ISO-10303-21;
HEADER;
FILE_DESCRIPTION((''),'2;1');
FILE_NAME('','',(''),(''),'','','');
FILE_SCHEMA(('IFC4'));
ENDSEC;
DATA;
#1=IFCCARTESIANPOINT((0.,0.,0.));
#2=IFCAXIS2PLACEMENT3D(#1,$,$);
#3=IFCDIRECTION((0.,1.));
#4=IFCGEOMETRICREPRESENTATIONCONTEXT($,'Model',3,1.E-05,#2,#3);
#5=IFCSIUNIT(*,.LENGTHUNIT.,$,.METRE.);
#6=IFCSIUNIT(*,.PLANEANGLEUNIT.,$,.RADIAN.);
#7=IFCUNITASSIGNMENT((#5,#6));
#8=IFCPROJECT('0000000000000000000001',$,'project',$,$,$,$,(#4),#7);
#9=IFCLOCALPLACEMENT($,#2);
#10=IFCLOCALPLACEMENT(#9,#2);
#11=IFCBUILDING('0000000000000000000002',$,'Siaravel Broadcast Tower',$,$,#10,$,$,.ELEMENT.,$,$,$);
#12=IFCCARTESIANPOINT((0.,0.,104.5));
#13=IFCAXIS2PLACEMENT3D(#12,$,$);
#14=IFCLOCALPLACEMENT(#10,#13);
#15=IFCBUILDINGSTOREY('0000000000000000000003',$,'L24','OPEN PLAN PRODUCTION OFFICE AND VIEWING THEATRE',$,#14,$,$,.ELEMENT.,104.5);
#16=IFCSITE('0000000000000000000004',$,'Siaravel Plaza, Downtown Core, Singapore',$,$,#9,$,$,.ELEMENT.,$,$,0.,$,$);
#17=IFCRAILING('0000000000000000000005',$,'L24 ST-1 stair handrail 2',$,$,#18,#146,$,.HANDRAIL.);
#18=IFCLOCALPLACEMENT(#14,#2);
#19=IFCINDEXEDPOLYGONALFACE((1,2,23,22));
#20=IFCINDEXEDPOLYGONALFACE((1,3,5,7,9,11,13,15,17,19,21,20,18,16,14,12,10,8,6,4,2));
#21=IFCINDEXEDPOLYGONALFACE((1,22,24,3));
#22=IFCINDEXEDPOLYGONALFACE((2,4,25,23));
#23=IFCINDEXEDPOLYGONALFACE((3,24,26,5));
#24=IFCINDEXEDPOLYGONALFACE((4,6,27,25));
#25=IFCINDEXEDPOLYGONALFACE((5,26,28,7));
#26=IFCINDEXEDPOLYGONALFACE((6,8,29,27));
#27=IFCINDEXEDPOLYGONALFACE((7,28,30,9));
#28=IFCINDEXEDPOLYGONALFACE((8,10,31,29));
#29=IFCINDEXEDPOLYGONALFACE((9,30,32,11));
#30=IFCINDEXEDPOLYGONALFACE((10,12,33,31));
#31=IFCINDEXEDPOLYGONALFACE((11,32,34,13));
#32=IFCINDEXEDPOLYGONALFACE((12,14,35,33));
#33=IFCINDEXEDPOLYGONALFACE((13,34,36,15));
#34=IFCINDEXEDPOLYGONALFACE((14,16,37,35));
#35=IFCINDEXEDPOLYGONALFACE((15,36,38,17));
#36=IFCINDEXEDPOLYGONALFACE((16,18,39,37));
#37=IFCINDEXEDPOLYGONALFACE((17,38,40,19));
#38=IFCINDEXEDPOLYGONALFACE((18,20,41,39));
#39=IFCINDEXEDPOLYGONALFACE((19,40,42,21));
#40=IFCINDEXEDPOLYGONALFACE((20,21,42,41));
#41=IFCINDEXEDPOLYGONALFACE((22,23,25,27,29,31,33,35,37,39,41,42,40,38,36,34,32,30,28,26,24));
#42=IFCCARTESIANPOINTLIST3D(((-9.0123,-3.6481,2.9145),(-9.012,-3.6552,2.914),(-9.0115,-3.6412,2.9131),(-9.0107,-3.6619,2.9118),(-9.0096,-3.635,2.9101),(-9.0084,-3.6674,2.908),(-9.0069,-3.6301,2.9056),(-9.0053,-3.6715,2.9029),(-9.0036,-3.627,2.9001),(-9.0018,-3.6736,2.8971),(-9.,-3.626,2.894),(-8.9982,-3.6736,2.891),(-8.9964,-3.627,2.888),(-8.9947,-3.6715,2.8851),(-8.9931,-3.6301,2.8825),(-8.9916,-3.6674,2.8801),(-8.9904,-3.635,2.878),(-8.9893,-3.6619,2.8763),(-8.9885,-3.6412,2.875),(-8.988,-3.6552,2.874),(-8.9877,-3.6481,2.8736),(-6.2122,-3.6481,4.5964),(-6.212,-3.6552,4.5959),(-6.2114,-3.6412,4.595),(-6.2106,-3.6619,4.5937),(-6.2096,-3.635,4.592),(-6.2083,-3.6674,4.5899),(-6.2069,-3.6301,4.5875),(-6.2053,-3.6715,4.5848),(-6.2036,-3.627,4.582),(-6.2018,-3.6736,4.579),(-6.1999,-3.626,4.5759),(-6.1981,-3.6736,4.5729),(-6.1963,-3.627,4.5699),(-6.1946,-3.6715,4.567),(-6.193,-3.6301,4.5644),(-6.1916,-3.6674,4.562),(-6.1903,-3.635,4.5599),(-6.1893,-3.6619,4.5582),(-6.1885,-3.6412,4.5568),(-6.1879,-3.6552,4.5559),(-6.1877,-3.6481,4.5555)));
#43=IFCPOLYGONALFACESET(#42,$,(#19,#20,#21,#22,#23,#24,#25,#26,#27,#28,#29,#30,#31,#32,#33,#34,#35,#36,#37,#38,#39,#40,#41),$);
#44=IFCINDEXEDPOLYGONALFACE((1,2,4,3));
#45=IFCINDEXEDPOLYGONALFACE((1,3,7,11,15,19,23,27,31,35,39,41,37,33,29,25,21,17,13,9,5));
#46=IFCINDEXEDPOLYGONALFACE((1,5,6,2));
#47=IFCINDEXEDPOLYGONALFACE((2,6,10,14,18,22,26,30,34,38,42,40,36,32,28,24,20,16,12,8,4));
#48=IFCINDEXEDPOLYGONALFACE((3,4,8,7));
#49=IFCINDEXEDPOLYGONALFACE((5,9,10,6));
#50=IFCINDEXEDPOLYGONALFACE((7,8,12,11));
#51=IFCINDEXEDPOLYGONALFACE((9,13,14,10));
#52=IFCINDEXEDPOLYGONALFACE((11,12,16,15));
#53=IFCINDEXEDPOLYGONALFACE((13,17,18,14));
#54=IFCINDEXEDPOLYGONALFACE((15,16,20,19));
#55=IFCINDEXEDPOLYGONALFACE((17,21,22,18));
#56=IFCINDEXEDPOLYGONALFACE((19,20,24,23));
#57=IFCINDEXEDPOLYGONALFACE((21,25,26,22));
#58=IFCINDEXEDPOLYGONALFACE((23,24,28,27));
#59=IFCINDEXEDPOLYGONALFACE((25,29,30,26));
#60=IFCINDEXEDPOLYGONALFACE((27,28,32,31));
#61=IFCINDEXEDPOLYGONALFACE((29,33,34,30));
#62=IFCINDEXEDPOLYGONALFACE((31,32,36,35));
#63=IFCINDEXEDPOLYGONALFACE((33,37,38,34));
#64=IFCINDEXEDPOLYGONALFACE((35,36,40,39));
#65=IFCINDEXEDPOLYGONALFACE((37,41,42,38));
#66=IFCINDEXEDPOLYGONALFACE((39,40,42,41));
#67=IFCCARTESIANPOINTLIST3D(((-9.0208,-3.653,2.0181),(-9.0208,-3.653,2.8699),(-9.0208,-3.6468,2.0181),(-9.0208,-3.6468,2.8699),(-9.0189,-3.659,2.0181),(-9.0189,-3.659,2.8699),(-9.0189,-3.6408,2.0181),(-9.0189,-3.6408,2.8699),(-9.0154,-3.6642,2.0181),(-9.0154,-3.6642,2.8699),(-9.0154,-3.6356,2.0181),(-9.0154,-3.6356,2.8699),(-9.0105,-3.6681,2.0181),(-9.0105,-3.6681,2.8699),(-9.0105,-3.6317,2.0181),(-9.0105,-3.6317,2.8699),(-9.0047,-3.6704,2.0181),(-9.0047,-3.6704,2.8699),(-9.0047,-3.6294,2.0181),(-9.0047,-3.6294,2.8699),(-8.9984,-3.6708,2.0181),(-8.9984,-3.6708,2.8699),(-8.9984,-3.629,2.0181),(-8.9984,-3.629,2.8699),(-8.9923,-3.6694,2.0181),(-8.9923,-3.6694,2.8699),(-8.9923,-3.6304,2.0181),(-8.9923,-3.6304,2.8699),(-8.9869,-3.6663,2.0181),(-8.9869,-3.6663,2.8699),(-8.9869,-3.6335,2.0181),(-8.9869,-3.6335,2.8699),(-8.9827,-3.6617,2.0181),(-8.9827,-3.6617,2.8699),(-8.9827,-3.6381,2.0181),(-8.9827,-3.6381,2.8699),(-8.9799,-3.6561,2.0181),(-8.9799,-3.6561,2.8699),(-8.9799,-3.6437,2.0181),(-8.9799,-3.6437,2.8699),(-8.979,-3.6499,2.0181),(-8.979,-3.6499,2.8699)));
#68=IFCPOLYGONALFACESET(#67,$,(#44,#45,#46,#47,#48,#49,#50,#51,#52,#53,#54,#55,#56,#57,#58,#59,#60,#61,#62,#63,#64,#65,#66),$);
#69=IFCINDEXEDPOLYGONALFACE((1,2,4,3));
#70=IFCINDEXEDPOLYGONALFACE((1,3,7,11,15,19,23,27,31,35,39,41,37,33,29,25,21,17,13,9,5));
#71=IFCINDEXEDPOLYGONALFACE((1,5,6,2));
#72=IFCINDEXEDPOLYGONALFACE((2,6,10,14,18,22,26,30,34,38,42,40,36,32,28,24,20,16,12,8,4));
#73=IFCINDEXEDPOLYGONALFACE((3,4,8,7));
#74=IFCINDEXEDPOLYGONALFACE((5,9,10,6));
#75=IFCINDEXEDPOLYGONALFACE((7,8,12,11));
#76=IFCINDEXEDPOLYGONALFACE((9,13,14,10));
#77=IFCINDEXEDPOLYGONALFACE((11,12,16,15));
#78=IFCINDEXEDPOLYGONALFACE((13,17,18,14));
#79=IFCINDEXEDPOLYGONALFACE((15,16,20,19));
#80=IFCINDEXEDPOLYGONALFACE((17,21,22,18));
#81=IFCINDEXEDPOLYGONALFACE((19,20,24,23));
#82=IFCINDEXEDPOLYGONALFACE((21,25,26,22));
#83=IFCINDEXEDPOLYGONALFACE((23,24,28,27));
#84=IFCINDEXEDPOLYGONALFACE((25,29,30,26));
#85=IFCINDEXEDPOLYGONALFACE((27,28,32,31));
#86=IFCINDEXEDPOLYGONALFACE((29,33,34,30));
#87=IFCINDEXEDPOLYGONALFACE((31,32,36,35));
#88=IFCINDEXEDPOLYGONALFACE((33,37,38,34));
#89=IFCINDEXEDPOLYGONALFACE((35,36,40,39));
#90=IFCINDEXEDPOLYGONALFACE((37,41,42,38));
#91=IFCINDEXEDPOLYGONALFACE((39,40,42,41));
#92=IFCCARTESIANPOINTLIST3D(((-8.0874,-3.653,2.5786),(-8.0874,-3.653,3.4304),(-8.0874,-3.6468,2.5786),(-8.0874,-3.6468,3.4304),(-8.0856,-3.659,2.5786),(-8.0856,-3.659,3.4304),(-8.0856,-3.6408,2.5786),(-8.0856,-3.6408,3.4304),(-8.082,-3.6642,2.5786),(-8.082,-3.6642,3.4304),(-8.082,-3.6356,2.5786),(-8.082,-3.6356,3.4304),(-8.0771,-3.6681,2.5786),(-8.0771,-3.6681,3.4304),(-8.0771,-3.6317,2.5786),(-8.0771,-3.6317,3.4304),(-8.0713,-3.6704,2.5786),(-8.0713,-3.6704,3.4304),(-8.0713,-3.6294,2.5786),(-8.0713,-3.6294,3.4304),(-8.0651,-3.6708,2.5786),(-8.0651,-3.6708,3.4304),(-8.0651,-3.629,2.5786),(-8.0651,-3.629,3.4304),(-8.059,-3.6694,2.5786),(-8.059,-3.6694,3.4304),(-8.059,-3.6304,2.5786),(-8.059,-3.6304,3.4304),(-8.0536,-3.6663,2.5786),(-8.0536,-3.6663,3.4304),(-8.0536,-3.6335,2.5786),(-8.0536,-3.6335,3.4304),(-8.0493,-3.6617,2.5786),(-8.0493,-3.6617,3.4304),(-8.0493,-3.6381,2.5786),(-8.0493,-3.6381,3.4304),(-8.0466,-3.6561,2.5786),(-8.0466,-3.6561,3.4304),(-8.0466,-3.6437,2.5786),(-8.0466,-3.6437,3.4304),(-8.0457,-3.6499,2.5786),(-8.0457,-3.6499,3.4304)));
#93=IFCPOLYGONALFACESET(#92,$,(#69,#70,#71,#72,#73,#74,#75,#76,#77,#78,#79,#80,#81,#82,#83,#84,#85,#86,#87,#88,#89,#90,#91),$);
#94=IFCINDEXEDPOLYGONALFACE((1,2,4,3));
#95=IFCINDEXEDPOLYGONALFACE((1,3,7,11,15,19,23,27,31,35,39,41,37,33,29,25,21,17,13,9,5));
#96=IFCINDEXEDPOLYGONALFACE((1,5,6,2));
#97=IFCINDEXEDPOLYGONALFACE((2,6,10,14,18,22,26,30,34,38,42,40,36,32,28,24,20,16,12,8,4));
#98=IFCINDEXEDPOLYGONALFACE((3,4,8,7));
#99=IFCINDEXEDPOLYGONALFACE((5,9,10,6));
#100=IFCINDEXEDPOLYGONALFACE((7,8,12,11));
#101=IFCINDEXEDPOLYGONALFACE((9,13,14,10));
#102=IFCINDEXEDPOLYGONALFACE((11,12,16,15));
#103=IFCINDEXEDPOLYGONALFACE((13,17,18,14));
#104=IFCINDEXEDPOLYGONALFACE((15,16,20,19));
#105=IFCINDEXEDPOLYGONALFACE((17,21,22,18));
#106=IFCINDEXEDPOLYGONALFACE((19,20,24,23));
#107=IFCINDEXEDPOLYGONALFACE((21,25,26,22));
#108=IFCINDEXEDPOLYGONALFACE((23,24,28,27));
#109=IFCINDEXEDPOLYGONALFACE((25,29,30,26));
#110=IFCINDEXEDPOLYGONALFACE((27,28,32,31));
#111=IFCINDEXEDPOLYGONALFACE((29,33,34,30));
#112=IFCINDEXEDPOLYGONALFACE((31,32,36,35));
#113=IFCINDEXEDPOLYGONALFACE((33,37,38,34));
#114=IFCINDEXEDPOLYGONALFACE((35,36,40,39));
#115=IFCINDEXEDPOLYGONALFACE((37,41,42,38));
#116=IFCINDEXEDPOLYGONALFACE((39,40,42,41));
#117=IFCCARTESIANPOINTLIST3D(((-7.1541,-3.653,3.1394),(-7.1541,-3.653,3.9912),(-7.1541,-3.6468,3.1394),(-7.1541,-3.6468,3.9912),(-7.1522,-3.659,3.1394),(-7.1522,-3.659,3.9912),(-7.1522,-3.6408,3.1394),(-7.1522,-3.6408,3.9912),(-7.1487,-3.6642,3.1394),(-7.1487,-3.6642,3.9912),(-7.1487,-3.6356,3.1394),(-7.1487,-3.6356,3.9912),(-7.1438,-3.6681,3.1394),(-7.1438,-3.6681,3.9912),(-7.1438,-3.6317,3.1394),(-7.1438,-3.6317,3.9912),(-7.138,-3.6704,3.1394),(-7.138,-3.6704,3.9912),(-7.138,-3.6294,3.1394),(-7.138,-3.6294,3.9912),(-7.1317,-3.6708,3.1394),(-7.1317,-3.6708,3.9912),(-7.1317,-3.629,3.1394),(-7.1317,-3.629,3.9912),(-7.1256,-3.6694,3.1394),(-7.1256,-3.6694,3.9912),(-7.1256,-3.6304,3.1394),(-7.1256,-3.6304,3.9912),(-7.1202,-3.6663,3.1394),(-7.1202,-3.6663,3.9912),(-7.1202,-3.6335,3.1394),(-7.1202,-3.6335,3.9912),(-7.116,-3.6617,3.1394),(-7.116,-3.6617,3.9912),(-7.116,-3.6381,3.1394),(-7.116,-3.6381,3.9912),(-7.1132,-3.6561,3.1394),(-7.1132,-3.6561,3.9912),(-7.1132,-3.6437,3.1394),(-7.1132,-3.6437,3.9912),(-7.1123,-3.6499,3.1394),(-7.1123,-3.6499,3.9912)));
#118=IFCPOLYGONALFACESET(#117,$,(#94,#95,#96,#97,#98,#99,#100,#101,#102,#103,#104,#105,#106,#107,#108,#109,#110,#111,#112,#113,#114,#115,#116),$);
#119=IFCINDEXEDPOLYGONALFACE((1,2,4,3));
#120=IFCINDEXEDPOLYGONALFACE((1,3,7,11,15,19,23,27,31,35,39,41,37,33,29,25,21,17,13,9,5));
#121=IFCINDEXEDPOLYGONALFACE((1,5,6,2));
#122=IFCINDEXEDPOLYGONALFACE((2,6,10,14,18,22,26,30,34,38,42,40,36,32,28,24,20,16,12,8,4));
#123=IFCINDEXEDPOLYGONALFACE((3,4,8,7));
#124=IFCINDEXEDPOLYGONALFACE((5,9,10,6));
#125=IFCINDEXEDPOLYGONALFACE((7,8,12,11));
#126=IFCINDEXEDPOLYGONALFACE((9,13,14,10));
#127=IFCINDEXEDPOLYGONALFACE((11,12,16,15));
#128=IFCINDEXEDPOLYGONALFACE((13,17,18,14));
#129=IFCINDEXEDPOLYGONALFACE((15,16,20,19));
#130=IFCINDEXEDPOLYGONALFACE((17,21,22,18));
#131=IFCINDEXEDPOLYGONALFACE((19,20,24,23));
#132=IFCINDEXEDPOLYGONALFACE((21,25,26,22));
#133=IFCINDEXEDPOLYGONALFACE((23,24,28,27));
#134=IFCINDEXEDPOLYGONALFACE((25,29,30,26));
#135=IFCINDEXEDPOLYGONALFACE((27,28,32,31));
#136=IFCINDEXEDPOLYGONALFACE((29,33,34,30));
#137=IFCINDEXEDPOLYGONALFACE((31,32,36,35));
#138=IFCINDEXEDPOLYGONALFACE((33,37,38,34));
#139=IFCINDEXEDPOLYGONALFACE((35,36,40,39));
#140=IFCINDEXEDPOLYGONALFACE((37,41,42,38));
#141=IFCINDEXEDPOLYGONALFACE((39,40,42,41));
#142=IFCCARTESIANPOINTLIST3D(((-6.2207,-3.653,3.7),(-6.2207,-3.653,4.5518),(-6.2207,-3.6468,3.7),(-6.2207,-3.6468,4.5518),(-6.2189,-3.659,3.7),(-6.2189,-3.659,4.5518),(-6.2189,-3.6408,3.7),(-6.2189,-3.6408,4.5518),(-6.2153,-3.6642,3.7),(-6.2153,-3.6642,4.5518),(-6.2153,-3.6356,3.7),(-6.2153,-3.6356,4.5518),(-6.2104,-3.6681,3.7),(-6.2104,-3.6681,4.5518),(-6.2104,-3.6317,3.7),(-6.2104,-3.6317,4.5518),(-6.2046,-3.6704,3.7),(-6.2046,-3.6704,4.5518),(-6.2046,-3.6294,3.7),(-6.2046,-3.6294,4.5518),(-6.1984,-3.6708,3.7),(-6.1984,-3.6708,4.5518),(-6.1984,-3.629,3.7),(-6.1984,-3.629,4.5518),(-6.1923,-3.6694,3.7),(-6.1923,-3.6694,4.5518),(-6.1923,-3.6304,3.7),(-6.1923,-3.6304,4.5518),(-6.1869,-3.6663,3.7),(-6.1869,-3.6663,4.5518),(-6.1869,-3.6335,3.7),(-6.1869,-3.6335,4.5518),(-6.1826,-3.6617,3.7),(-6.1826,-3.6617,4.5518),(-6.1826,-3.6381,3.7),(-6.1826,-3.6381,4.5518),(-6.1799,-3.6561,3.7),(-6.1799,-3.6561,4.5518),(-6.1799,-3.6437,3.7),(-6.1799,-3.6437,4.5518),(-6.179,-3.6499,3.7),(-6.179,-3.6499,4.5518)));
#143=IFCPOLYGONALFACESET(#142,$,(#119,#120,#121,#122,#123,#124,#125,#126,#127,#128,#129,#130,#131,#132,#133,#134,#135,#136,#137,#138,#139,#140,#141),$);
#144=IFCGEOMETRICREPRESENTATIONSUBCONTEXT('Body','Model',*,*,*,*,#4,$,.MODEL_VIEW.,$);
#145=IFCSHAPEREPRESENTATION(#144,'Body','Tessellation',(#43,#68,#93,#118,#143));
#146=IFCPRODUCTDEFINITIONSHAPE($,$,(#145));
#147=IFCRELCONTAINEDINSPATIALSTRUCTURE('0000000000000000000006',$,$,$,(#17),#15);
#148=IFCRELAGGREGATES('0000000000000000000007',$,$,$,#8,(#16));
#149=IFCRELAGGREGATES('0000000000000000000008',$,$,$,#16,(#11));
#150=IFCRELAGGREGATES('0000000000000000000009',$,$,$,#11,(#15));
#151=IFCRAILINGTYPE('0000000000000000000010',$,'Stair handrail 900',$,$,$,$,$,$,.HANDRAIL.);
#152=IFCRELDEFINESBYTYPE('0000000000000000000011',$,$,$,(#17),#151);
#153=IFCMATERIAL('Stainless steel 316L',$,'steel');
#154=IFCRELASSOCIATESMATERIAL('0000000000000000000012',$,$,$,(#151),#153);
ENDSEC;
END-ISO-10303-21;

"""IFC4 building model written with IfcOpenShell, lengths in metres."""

from ifc_helpers import new_model, si_unit, direction, frame, origin, origin_2d, place, context, subcontext, project, spatial, circle, extrude, material, type_object, element, save


model = new_model("IFC4")

# Units and contexts
model_context = context("Model", 3, precision=1e-05, world=origin(), true_north=direction((0.0, 1.0)))
body_context = subcontext(model_context, "Body", "Model", "MODEL_VIEW")
ifc_project = project(units=[si_unit("LENGTHUNIT", "METRE"), si_unit("PLANEANGLEUNIT", "RADIAN")], contexts=[model_context])

# Site, building, storey
site_placement = place(None, origin())
site = spatial("IfcSite", under=ifc_project, at=site_placement, Name="Siaravel Plaza, Downtown Core, Singapore", CompositionType="ELEMENT", RefElevation=0.0)
building_placement = place(site_placement, origin())
building = spatial("IfcBuilding", under=site, at=building_placement, Name="Siaravel Broadcast Tower", CompositionType="ELEMENT")
storey_placement = place(building_placement, frame((0.0, 0.0, 104.5)))
storey = spatial("IfcBuildingStorey", under=building, at=storey_placement, Name="L24", Description="OPEN PLAN PRODUCTION OFFICE AND VIEWING THEATRE", CompositionType="ELEMENT", Elevation=104.5)

# Railing
ifc_material_1 = material(Name="Stainless steel 316L", Category="steel")
railing_type_1 = type_object("IfcRailingType", Name="Stair handrail 900", PredefinedType="HANDRAIL", material=ifc_material_1)
railing_1_placement = place(storey_placement, frame((-9.0, -3.6499, 2.0181)))
element("IfcRailing", 1, at=railing_1_placement, inside=storey, type_object=railing_type_1, Name="L24 ST-1 stair handrail 2", PredefinedType="HANDRAIL", context=body_context, shape_type="SweptSolid", body=[
    extrude(circle(Radius=0.0239, at=origin_2d()), frame((0.0, 0.0, 0.876), z_axis=(0.857242, 0.0, 0.514913), x_axis=(0.0, 1.0, 0.0)), (0.0, 0.0, 1.0), 3.2664),
    extrude(circle(Radius=0.021, at=origin_2d()), origin(), (0.0, 0.0, 1.0), 0.8518),
    extrude(circle(Radius=0.021, at=origin_2d()), frame((0.9333, 0.0, 0.5605)), (0.0, 0.0, 1.0), 0.8518),
    extrude(circle(Radius=0.021, at=origin_2d()), frame((1.8667, 0.0, 1.1213)), (0.0, 0.0, 1.0), 0.8518),
    extrude(circle(Radius=0.021, at=origin_2d()), frame((2.8, 0.0, 1.6819)), (0.0, 0.0, 1.0), 0.8518),
])

save(model, "model.ifc")
